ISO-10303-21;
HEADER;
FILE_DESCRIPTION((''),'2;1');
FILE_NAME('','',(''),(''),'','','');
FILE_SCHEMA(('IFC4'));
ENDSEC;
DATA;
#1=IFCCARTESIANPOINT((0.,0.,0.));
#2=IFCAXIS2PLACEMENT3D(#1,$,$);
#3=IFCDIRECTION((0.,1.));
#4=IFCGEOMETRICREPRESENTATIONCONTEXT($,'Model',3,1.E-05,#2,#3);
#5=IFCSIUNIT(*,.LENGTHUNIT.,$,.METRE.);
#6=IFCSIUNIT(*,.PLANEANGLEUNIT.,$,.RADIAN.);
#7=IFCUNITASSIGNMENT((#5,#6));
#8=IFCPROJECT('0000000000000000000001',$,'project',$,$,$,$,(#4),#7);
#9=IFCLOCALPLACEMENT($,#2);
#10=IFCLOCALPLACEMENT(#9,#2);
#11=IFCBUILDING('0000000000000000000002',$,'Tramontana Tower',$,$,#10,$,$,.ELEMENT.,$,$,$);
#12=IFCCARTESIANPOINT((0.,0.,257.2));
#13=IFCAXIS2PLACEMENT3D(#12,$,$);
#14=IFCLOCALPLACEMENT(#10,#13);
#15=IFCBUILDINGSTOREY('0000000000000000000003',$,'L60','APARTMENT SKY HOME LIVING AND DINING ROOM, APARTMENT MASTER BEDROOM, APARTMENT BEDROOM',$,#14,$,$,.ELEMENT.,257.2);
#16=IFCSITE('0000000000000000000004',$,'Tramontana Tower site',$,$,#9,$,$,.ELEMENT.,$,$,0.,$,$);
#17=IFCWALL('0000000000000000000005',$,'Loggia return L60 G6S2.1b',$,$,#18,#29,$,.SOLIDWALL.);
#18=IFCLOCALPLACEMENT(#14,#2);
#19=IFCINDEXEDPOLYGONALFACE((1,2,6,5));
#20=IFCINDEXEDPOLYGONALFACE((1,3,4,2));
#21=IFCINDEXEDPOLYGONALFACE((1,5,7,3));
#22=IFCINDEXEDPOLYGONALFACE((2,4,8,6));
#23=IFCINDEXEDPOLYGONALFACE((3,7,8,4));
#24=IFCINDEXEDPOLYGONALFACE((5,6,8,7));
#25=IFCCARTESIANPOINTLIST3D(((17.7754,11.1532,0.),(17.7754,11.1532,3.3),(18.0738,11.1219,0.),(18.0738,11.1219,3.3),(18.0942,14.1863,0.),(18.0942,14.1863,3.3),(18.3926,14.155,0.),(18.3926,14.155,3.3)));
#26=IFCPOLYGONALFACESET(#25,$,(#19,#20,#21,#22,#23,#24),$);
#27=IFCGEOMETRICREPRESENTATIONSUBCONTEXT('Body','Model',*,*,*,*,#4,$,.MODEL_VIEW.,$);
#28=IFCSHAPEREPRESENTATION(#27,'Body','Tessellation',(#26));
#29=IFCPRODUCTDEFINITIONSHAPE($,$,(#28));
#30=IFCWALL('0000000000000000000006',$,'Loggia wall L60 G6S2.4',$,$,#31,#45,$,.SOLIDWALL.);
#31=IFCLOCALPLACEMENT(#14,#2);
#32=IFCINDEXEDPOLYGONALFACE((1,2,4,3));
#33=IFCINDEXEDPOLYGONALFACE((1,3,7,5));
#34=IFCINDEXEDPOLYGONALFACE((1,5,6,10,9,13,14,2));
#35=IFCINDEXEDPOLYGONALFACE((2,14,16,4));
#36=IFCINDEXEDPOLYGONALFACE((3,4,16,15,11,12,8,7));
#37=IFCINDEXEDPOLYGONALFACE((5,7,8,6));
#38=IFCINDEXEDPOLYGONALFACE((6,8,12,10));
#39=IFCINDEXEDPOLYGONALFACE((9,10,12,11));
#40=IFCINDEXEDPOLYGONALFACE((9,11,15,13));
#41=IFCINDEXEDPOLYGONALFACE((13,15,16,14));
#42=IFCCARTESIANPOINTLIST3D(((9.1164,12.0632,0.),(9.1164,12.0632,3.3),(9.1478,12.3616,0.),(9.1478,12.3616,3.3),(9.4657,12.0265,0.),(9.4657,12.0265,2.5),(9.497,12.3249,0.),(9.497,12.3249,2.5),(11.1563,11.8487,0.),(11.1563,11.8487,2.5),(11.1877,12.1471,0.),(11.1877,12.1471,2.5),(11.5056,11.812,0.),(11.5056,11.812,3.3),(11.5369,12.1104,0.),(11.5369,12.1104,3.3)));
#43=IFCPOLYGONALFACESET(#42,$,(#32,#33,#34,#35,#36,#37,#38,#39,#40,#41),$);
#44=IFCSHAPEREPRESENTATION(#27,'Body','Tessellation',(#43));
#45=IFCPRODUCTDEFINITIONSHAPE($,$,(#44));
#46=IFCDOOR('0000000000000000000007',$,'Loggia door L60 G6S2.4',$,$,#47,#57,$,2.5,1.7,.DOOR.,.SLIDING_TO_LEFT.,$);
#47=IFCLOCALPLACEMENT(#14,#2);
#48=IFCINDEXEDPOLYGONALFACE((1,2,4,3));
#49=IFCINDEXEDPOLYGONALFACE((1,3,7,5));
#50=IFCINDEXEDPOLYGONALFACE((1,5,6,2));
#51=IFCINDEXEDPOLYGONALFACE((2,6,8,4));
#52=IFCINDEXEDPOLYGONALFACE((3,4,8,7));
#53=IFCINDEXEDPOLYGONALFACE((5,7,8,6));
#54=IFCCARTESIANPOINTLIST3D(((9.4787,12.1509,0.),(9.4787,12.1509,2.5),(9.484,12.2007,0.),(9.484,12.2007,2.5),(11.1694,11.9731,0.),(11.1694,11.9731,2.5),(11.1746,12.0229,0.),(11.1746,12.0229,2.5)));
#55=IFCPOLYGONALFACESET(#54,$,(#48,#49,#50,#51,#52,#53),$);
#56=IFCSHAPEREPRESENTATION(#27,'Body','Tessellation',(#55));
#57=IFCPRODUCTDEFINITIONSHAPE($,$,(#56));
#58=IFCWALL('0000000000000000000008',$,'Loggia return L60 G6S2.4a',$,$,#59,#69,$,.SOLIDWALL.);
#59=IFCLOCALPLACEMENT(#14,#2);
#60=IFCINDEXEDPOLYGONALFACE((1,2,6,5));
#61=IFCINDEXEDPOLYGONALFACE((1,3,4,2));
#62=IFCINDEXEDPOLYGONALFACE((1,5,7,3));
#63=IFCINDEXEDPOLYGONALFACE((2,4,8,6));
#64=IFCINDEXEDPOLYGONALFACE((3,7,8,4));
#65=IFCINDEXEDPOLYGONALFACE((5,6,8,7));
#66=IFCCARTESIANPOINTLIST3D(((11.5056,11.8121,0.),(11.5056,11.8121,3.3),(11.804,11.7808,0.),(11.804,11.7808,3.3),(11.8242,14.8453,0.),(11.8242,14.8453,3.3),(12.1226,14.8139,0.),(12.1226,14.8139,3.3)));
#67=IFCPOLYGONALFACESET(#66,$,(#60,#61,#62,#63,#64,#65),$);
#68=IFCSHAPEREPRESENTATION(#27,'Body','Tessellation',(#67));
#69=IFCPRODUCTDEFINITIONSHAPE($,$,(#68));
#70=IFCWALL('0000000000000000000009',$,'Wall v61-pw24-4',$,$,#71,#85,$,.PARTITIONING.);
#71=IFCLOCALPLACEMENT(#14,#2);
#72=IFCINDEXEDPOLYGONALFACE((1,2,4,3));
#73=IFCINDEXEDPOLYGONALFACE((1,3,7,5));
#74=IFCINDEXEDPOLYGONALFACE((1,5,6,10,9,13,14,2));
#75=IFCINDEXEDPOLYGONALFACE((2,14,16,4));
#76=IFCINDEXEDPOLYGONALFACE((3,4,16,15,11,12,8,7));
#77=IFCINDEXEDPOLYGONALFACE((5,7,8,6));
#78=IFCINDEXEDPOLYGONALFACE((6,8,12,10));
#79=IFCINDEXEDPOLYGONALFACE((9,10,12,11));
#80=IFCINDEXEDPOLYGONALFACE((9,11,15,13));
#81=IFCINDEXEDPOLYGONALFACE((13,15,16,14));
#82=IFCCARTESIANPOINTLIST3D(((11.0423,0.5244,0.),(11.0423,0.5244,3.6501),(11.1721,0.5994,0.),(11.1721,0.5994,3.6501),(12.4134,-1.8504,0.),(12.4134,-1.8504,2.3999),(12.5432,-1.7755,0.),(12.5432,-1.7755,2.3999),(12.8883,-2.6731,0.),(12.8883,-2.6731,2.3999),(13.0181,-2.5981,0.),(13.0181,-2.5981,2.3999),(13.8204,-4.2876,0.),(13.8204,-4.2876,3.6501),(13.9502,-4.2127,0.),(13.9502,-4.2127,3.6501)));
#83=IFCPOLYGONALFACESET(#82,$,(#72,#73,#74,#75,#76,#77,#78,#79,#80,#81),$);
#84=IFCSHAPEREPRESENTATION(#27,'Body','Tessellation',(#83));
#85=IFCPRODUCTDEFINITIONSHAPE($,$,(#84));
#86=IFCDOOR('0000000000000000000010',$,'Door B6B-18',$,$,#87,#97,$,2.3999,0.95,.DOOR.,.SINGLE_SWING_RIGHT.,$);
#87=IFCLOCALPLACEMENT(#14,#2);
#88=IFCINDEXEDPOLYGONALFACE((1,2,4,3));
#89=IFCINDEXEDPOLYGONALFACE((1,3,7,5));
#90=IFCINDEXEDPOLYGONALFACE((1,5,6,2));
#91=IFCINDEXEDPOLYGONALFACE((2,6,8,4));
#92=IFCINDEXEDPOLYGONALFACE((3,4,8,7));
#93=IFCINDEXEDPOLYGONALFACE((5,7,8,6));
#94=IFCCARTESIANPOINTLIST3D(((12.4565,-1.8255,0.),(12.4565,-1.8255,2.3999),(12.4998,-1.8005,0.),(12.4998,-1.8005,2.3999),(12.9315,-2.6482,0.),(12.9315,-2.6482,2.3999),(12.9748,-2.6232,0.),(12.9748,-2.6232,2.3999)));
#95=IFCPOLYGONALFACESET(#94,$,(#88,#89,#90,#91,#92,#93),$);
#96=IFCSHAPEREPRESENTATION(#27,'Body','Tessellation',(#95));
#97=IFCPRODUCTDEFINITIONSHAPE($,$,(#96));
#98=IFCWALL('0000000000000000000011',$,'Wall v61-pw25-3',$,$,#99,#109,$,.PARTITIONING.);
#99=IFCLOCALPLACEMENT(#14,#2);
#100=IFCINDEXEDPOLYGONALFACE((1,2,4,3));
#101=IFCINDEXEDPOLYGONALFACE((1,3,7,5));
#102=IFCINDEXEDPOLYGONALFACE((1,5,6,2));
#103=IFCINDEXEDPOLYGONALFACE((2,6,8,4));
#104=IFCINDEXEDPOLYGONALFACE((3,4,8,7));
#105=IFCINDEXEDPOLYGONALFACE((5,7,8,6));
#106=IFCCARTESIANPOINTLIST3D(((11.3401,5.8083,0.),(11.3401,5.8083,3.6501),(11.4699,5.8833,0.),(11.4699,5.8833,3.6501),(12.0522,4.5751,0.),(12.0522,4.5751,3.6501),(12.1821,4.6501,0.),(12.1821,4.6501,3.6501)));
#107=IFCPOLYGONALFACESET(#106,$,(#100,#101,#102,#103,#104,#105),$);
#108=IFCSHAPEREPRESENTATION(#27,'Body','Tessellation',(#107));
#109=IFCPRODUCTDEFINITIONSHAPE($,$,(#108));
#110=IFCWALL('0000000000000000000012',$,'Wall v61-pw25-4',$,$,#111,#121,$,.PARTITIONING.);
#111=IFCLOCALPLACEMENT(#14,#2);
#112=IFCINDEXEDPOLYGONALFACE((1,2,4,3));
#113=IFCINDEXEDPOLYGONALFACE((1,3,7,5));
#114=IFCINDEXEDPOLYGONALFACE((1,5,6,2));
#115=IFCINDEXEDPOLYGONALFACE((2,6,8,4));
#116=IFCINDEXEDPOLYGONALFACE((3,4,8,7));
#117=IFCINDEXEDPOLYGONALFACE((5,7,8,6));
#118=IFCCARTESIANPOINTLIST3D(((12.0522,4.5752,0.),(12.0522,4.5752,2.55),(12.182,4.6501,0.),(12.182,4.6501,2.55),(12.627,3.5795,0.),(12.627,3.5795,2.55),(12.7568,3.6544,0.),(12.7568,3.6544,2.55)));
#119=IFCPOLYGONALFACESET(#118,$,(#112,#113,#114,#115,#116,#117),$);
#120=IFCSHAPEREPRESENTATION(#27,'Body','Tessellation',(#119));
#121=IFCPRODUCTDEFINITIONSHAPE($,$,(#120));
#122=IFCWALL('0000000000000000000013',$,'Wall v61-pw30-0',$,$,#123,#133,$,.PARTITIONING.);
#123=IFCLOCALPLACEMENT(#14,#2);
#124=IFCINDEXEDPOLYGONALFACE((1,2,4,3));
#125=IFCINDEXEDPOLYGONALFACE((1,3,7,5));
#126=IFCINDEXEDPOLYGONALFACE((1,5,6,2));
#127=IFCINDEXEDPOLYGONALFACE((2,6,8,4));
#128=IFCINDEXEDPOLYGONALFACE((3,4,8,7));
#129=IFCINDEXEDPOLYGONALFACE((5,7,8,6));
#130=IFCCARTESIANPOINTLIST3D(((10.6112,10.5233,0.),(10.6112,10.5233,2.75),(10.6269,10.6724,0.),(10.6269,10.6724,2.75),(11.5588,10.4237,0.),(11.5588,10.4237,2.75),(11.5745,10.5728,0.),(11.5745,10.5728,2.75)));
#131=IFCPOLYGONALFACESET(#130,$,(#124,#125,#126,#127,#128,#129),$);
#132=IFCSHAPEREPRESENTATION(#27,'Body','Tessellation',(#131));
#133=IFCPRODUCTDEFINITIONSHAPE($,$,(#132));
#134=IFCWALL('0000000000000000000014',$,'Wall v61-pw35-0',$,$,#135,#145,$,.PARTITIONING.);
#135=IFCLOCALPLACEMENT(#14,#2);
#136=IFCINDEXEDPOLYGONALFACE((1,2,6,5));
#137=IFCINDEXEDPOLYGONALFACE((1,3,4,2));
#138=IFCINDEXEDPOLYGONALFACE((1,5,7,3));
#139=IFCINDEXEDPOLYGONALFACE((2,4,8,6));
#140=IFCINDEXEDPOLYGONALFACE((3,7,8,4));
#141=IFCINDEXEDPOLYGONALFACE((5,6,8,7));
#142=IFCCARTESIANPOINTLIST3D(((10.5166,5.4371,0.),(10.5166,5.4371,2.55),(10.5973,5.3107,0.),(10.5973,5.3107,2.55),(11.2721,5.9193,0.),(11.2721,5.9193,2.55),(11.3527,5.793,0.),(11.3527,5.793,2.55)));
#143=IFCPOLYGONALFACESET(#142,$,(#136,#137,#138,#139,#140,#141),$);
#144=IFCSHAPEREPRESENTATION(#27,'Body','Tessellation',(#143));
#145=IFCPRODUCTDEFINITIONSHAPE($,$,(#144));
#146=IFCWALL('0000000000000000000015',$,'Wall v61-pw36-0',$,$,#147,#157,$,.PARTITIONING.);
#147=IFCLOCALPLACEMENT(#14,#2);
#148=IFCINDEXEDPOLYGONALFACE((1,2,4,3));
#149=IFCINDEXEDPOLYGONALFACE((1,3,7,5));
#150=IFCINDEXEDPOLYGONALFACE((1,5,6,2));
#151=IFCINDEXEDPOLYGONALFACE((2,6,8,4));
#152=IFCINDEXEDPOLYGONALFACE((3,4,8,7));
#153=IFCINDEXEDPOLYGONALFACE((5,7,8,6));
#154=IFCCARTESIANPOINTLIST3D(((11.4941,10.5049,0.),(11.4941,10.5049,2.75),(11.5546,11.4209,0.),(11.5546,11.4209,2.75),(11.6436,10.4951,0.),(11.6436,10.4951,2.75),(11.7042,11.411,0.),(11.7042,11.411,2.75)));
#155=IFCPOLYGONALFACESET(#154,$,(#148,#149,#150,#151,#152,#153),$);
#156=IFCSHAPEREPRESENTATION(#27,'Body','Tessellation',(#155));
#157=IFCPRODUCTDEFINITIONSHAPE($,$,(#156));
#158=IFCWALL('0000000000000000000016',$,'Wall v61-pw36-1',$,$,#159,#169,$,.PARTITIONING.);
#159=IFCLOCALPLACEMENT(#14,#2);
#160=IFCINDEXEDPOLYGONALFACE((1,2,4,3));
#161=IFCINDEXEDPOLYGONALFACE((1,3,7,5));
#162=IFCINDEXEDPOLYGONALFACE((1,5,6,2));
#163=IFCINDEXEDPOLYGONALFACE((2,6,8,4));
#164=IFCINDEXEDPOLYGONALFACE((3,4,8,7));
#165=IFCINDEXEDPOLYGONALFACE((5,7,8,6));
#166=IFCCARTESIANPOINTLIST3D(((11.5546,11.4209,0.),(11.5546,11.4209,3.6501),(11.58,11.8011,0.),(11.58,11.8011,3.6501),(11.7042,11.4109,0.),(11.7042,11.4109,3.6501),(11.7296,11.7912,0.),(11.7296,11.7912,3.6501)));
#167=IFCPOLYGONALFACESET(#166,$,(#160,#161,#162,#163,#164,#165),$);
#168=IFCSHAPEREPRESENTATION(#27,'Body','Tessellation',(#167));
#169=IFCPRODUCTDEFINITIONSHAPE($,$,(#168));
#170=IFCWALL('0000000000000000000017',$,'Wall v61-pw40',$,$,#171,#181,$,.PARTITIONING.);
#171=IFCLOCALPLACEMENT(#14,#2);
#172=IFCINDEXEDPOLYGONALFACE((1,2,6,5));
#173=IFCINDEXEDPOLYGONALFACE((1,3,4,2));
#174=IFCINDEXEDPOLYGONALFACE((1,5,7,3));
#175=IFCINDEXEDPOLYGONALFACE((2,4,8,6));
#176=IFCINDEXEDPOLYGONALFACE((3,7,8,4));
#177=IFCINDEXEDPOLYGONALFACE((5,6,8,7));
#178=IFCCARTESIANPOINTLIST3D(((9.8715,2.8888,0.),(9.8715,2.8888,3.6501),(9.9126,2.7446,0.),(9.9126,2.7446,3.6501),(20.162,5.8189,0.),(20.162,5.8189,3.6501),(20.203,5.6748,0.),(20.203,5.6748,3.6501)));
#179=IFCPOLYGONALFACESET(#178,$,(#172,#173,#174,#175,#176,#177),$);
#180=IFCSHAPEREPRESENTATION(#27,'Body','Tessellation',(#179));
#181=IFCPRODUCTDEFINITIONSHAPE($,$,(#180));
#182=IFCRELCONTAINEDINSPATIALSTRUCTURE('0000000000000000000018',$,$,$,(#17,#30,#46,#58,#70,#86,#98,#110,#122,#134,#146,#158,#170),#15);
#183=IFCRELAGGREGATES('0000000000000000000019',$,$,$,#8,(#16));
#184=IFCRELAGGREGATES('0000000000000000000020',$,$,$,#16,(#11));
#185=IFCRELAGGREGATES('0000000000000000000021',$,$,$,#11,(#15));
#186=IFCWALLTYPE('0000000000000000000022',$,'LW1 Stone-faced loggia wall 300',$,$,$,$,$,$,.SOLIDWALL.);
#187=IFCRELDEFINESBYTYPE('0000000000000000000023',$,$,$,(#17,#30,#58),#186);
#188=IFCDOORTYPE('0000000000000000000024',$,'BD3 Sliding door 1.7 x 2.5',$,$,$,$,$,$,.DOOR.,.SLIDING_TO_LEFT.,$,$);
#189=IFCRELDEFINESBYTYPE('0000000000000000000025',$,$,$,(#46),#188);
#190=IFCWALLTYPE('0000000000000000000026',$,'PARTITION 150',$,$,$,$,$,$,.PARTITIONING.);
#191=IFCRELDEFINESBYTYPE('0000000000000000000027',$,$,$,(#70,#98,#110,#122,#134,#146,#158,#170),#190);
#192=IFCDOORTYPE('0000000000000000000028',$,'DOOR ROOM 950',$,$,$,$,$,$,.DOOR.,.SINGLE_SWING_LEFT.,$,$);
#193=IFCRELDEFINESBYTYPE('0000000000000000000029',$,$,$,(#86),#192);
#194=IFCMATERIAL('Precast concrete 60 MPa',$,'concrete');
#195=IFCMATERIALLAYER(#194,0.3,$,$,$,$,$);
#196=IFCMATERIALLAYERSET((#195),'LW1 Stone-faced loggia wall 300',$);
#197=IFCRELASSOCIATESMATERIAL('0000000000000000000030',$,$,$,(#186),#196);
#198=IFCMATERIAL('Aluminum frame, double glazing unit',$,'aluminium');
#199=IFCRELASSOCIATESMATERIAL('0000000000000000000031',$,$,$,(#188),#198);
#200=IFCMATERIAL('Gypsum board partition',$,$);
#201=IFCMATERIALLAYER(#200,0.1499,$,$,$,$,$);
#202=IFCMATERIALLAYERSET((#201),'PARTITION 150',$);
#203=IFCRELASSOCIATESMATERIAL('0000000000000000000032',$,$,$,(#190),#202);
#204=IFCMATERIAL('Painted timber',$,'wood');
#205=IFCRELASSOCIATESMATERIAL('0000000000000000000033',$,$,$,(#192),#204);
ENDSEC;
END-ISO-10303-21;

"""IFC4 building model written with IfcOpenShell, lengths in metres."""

from ifc_helpers import new_model, si_unit, direction, frame, frame_2d, origin, place, context, subcontext, project, spatial, rectangle, extrude, material, layer, layer_set, type_object, element, fill, save


model = new_model("IFC4")

# Units and contexts
model_context = context("Model", 3, precision=1e-05, world=origin(), true_north=direction((0.0, 1.0)))
body_context = subcontext(model_context, "Body", "Model", "MODEL_VIEW")
ifc_project = project(units=[si_unit("LENGTHUNIT", "METRE"), si_unit("PLANEANGLEUNIT", "RADIAN")], contexts=[model_context])

# Site, building, storey
site_placement = place(None, origin())
site = spatial("IfcSite", under=ifc_project, at=site_placement, Name="Tramontana Tower site", CompositionType="ELEMENT", RefElevation=0.0)
building_placement = place(site_placement, origin())
building = spatial("IfcBuilding", under=site, at=building_placement, Name="Tramontana Tower", CompositionType="ELEMENT")
storey_placement = place(building_placement, frame((0.0, 0.0, 257.2)))
storey = spatial("IfcBuildingStorey", under=building, at=storey_placement, Name="L60", Description="APARTMENT SKY HOME LIVING AND DINING ROOM, APARTMENT MASTER BEDROOM, APARTMENT BEDROOM", CompositionType="ELEMENT", Elevation=257.2)

# Shared definitions
ifc_material_1 = material(Name="Precast concrete 60 MPa", Category="concrete")
ifc_layer_1 = layer(ifc_material_1, 0.3)
ifc_layer_set_1 = layer_set([ifc_layer_1], Name="LW1 Stone-faced loggia wall 300")
wall_type_1 = type_object("IfcWallType", Name="LW1 Stone-faced loggia wall 300", PredefinedType="SOLIDWALL", material=ifc_layer_set_1)
ifc_material_2 = material(Name="Aluminum frame, double glazing unit", Category="aluminium")
door_type_1 = type_object("IfcDoorType", Name="BD3 Sliding door 1.7 x 2.5", OperationType="SLIDING_TO_LEFT", PredefinedType="DOOR", material=ifc_material_2)

# Wall
wall_1_placement = place(storey_placement, frame((18.2434, 14.1707, 0.0), z_axis=(0.0, 0.0, 1.0), x_axis=(-0.104543, -0.99452, 0.0)))
element("IfcWall", 1, at=wall_1_placement, inside=storey, type_object=wall_type_1, Name="Loggia return L60 G6S2.1b", PredefinedType="SOLIDWALL", context=body_context, shape_type="SweptSolid", body=[
    extrude(rectangle(XDim=3.0498, YDim=0.3, at=frame_2d((1.5249, 0.0))), origin(), (0.0, 0.0, 1.0), 3.3),
])

# Wall, opening, door
wall_2_placement = place(storey_placement, frame((11.5212, 11.9612, 0.0), z_axis=(0.0, 0.0, 1.0), x_axis=(-0.994517, 0.104574, 0.0)))
wall_2 = element("IfcWall", 2, at=wall_2_placement, inside=storey, type_object=wall_type_1, Name="Loggia wall L60 G6S2.4", PredefinedType="SOLIDWALL", context=body_context, shape_type="SweptSolid", body=[
    extrude(rectangle(XDim=2.4023, YDim=0.3, at=frame_2d((1.2012, 0.0))), origin(), (0.0, 0.0, 1.0), 3.3),
])
opening_1_placement = place(wall_2_placement, frame((0.3511, 0.0, 0.0)))
opening_1 = element("IfcOpeningElement", 3, at=opening_1_placement, cuts=wall_2, PredefinedType="OPENING", context=body_context, shape_type="SweptSolid", body=[
    extrude(rectangle(XDim=1.7, YDim=2.5, at=frame_2d((0.8501, 1.25))), frame((0.0, 0.1599, 0.0), z_axis=(0.0, -1.0, 0.0), x_axis=(1.0, 0.0, 0.0)), (0.0, 0.0, 1.0), 0.3201),
])
door_1_placement = place(opening_1_placement, origin())
door_1 = element("IfcDoor", 4, at=door_1_placement, inside=storey, type_object=door_type_1, Name="Loggia door L60 G6S2.4", OperationType="SLIDING_TO_LEFT", OverallHeight=2.5, OverallWidth=1.7, PredefinedType="DOOR", context=body_context, shape_type="SweptSolid", body=[
    extrude(rectangle(XDim=1.7, YDim=2.5, at=frame_2d((0.8501, 1.25))), frame((0.0, 0.0249, 0.0), z_axis=(0.0, -1.0, 0.0), x_axis=(1.0, 0.0, 0.0)), (0.0, 0.0, 1.0), 0.05),
])
fill(opening_1, door_1)

# Wall
wall_3_placement = place(storey_placement, frame((11.9734, 14.8296, 0.0), z_axis=(0.0, 0.0, 1.0), x_axis=(-0.104464, -0.994529, 0.0)))
element("IfcWall", 5, at=wall_3_placement, inside=storey, type_object=wall_type_1, Name="Loggia return L60 G6S2.4a", PredefinedType="SOLIDWALL", context=body_context, shape_type="SweptSolid", body=[
    extrude(rectangle(XDim=3.0498, YDim=0.3, at=frame_2d((1.5249, 0.0))), origin(), (0.0, 0.0, 1.0), 3.3),
])

# Wall, opening, door
ifc_material_3 = material(Name="Gypsum board partition")
ifc_layer_2 = layer(ifc_material_3, 0.1499)
ifc_layer_set_2 = layer_set([ifc_layer_2], Name="PARTITION 150")
wall_type_2 = type_object("IfcWallType", Name="PARTITION 150", PredefinedType="PARTITIONING", material=ifc_layer_set_2)
wall_4_placement = place(storey_placement, frame((11.1072, 0.562, 0.0), z_axis=(0.0, 0.0, 1.0), x_axis=(0.499981, -0.866036, 0.0)))
wall_4 = element("IfcWall", 6, at=wall_4_placement, inside=storey, type_object=wall_type_2, Name="Wall v61-pw24-4", PredefinedType="PARTITIONING", context=body_context, shape_type="SweptSolid", body=[
    extrude(rectangle(XDim=5.5564, YDim=0.1499, at=frame_2d((2.7783, 0.0))), origin(), (0.0, 0.0, 1.0), 3.6501),
])
opening_2_placement = place(wall_4_placement, frame((2.7422, 0.0, 0.0)))
opening_2 = element("IfcOpeningElement", 7, at=opening_2_placement, cuts=wall_4, PredefinedType="OPENING", context=body_context, shape_type="SweptSolid", body=[
    extrude(rectangle(XDim=0.95, YDim=2.3999, at=frame_2d((0.4751, 1.2))), frame((0.0, 0.085, 0.0), z_axis=(0.0, -1.0, 0.0), x_axis=(1.0, 0.0, 0.0)), (0.0, 0.0, 1.0), 0.1699),
])
ifc_material_4 = material(Name="Painted timber", Category="wood")
door_type_2 = type_object("IfcDoorType", Name="DOOR ROOM 950", OperationType="SINGLE_SWING_LEFT", PredefinedType="DOOR", material=ifc_material_4)
door_2_placement = place(opening_2_placement, origin())
door_2 = element("IfcDoor", 8, at=door_2_placement, inside=storey, type_object=door_type_2, Name="Door B6B-18", OperationType="SINGLE_SWING_RIGHT", OverallHeight=2.3999, OverallWidth=0.95, PredefinedType="DOOR", context=body_context, shape_type="SweptSolid", body=[
    extrude(rectangle(XDim=0.95, YDim=2.3999, at=frame_2d((0.4751, 1.2))), frame((0.0, 0.0249, 0.0), z_axis=(0.0, -1.0, 0.0), x_axis=(1.0, 0.0, 0.0)), (0.0, 0.0, 1.0), 0.05),
])
fill(opening_2, door_2)

# Walls
wall_5_placement = place(storey_placement, frame((11.405, 5.8457, 0.0), z_axis=(0.0, 0.0, 1.0), x_axis=(0.500103, -0.865966, 0.0)))
element("IfcWall", 9, at=wall_5_placement, inside=storey, type_object=wall_type_2, Name="Wall v61-pw25-3", PredefinedType="PARTITIONING", context=body_context, shape_type="SweptSolid", body=[
    extrude(rectangle(XDim=1.4241, YDim=0.1499, at=frame_2d((0.7119, 0.0))), origin(), (0.0, 0.0, 1.0), 3.6501),
])
wall_6_placement = place(storey_placement, frame((12.1172, 4.6125, 0.0), z_axis=(0.0, 0.0, 1.0), x_axis=(0.499931, -0.866065, 0.0)))
element("IfcWall", 10, at=wall_6_placement, inside=storey, type_object=wall_type_2, Name="Wall v61-pw25-4", PredefinedType="PARTITIONING", context=body_context, shape_type="SweptSolid", body=[
    extrude(rectangle(XDim=1.1497, YDim=0.1499, at=frame_2d((0.5747, 0.0))), origin(), (0.0, 0.0, 1.0), 2.55),
])
wall_7_placement = place(storey_placement, frame((10.6189, 10.5979, 0.0), z_axis=(0.0, 0.0, 1.0), x_axis=(0.994522, -0.104525, 0.0)))
element("IfcWall", 11, at=wall_7_placement, inside=storey, type_object=wall_type_2, Name="Wall v61-pw30-0", PredefinedType="PARTITIONING", context=body_context, shape_type="SweptSolid", body=[
    extrude(rectangle(XDim=0.9529, YDim=0.1499, at=frame_2d((0.4766, 0.0))), origin(), (0.0, 0.0, 1.0), 2.75),
])
wall_8_placement = place(storey_placement, frame((11.3125, 5.8562, 0.0), z_axis=(0.0, 0.0, 1.0), x_axis=(-0.842909, -0.538056, 0.0)))
element("IfcWall", 12, at=wall_8_placement, inside=storey, type_object=wall_type_2, Name="Wall v61-pw35-0", PredefinedType="PARTITIONING", context=body_context, shape_type="SweptSolid", body=[
    extrude(rectangle(XDim=0.8962, YDim=0.1499, at=frame_2d((0.4482, 0.0))), origin(), (0.0, 0.0, 1.0), 2.55),
])

# Walls
wall_9_placement = place(storey_placement, frame((11.5688, 10.5, 0.0), z_axis=(0.0, 0.0, 1.0), x_axis=(0.065954, 0.997823, 0.0)))
element("IfcWall", 13, at=wall_9_placement, inside=storey, type_object=wall_type_2, Name="Wall v61-pw36-0", PredefinedType="PARTITIONING", context=body_context, shape_type="SweptSolid", body=[
    extrude(rectangle(XDim=0.918, YDim=0.1499, at=frame_2d((0.459, 0.0))), origin(), (0.0, 0.0, 1.0), 2.75),
])
wall_10_placement = place(storey_placement, frame((11.6294, 11.416, 0.0), z_axis=(0.0, 0.0, 1.0), x_axis=(0.066604, 0.997779, 0.0)))
element("IfcWall", 14, at=wall_10_placement, inside=storey, type_object=wall_type_2, Name="Wall v61-pw36-1", PredefinedType="PARTITIONING", context=body_context, shape_type="SweptSolid", body=[
    extrude(rectangle(XDim=0.3811, YDim=0.1499, at=frame_2d((0.1904, 0.0))), origin(), (0.0, 0.0, 1.0), 3.6501),
])
wall_11_placement = place(storey_placement, frame((20.1824, 5.7468, 0.0), z_axis=(0.0, 0.0, 1.0), x_axis=(-0.96177, -0.273859, 0.0)))
element("IfcWall", 15, at=wall_11_placement, inside=storey, type_object=wall_type_2, Name="Wall v61-pw40", PredefinedType="PARTITIONING", context=body_context, shape_type="SweptSolid", body=[
    extrude(rectangle(XDim=10.6995, YDim=0.1499, at=frame_2d((5.3496, 0.0))), origin(), (0.0, 0.0, 1.0), 3.6501),
])

save(model, "model.ifc")
